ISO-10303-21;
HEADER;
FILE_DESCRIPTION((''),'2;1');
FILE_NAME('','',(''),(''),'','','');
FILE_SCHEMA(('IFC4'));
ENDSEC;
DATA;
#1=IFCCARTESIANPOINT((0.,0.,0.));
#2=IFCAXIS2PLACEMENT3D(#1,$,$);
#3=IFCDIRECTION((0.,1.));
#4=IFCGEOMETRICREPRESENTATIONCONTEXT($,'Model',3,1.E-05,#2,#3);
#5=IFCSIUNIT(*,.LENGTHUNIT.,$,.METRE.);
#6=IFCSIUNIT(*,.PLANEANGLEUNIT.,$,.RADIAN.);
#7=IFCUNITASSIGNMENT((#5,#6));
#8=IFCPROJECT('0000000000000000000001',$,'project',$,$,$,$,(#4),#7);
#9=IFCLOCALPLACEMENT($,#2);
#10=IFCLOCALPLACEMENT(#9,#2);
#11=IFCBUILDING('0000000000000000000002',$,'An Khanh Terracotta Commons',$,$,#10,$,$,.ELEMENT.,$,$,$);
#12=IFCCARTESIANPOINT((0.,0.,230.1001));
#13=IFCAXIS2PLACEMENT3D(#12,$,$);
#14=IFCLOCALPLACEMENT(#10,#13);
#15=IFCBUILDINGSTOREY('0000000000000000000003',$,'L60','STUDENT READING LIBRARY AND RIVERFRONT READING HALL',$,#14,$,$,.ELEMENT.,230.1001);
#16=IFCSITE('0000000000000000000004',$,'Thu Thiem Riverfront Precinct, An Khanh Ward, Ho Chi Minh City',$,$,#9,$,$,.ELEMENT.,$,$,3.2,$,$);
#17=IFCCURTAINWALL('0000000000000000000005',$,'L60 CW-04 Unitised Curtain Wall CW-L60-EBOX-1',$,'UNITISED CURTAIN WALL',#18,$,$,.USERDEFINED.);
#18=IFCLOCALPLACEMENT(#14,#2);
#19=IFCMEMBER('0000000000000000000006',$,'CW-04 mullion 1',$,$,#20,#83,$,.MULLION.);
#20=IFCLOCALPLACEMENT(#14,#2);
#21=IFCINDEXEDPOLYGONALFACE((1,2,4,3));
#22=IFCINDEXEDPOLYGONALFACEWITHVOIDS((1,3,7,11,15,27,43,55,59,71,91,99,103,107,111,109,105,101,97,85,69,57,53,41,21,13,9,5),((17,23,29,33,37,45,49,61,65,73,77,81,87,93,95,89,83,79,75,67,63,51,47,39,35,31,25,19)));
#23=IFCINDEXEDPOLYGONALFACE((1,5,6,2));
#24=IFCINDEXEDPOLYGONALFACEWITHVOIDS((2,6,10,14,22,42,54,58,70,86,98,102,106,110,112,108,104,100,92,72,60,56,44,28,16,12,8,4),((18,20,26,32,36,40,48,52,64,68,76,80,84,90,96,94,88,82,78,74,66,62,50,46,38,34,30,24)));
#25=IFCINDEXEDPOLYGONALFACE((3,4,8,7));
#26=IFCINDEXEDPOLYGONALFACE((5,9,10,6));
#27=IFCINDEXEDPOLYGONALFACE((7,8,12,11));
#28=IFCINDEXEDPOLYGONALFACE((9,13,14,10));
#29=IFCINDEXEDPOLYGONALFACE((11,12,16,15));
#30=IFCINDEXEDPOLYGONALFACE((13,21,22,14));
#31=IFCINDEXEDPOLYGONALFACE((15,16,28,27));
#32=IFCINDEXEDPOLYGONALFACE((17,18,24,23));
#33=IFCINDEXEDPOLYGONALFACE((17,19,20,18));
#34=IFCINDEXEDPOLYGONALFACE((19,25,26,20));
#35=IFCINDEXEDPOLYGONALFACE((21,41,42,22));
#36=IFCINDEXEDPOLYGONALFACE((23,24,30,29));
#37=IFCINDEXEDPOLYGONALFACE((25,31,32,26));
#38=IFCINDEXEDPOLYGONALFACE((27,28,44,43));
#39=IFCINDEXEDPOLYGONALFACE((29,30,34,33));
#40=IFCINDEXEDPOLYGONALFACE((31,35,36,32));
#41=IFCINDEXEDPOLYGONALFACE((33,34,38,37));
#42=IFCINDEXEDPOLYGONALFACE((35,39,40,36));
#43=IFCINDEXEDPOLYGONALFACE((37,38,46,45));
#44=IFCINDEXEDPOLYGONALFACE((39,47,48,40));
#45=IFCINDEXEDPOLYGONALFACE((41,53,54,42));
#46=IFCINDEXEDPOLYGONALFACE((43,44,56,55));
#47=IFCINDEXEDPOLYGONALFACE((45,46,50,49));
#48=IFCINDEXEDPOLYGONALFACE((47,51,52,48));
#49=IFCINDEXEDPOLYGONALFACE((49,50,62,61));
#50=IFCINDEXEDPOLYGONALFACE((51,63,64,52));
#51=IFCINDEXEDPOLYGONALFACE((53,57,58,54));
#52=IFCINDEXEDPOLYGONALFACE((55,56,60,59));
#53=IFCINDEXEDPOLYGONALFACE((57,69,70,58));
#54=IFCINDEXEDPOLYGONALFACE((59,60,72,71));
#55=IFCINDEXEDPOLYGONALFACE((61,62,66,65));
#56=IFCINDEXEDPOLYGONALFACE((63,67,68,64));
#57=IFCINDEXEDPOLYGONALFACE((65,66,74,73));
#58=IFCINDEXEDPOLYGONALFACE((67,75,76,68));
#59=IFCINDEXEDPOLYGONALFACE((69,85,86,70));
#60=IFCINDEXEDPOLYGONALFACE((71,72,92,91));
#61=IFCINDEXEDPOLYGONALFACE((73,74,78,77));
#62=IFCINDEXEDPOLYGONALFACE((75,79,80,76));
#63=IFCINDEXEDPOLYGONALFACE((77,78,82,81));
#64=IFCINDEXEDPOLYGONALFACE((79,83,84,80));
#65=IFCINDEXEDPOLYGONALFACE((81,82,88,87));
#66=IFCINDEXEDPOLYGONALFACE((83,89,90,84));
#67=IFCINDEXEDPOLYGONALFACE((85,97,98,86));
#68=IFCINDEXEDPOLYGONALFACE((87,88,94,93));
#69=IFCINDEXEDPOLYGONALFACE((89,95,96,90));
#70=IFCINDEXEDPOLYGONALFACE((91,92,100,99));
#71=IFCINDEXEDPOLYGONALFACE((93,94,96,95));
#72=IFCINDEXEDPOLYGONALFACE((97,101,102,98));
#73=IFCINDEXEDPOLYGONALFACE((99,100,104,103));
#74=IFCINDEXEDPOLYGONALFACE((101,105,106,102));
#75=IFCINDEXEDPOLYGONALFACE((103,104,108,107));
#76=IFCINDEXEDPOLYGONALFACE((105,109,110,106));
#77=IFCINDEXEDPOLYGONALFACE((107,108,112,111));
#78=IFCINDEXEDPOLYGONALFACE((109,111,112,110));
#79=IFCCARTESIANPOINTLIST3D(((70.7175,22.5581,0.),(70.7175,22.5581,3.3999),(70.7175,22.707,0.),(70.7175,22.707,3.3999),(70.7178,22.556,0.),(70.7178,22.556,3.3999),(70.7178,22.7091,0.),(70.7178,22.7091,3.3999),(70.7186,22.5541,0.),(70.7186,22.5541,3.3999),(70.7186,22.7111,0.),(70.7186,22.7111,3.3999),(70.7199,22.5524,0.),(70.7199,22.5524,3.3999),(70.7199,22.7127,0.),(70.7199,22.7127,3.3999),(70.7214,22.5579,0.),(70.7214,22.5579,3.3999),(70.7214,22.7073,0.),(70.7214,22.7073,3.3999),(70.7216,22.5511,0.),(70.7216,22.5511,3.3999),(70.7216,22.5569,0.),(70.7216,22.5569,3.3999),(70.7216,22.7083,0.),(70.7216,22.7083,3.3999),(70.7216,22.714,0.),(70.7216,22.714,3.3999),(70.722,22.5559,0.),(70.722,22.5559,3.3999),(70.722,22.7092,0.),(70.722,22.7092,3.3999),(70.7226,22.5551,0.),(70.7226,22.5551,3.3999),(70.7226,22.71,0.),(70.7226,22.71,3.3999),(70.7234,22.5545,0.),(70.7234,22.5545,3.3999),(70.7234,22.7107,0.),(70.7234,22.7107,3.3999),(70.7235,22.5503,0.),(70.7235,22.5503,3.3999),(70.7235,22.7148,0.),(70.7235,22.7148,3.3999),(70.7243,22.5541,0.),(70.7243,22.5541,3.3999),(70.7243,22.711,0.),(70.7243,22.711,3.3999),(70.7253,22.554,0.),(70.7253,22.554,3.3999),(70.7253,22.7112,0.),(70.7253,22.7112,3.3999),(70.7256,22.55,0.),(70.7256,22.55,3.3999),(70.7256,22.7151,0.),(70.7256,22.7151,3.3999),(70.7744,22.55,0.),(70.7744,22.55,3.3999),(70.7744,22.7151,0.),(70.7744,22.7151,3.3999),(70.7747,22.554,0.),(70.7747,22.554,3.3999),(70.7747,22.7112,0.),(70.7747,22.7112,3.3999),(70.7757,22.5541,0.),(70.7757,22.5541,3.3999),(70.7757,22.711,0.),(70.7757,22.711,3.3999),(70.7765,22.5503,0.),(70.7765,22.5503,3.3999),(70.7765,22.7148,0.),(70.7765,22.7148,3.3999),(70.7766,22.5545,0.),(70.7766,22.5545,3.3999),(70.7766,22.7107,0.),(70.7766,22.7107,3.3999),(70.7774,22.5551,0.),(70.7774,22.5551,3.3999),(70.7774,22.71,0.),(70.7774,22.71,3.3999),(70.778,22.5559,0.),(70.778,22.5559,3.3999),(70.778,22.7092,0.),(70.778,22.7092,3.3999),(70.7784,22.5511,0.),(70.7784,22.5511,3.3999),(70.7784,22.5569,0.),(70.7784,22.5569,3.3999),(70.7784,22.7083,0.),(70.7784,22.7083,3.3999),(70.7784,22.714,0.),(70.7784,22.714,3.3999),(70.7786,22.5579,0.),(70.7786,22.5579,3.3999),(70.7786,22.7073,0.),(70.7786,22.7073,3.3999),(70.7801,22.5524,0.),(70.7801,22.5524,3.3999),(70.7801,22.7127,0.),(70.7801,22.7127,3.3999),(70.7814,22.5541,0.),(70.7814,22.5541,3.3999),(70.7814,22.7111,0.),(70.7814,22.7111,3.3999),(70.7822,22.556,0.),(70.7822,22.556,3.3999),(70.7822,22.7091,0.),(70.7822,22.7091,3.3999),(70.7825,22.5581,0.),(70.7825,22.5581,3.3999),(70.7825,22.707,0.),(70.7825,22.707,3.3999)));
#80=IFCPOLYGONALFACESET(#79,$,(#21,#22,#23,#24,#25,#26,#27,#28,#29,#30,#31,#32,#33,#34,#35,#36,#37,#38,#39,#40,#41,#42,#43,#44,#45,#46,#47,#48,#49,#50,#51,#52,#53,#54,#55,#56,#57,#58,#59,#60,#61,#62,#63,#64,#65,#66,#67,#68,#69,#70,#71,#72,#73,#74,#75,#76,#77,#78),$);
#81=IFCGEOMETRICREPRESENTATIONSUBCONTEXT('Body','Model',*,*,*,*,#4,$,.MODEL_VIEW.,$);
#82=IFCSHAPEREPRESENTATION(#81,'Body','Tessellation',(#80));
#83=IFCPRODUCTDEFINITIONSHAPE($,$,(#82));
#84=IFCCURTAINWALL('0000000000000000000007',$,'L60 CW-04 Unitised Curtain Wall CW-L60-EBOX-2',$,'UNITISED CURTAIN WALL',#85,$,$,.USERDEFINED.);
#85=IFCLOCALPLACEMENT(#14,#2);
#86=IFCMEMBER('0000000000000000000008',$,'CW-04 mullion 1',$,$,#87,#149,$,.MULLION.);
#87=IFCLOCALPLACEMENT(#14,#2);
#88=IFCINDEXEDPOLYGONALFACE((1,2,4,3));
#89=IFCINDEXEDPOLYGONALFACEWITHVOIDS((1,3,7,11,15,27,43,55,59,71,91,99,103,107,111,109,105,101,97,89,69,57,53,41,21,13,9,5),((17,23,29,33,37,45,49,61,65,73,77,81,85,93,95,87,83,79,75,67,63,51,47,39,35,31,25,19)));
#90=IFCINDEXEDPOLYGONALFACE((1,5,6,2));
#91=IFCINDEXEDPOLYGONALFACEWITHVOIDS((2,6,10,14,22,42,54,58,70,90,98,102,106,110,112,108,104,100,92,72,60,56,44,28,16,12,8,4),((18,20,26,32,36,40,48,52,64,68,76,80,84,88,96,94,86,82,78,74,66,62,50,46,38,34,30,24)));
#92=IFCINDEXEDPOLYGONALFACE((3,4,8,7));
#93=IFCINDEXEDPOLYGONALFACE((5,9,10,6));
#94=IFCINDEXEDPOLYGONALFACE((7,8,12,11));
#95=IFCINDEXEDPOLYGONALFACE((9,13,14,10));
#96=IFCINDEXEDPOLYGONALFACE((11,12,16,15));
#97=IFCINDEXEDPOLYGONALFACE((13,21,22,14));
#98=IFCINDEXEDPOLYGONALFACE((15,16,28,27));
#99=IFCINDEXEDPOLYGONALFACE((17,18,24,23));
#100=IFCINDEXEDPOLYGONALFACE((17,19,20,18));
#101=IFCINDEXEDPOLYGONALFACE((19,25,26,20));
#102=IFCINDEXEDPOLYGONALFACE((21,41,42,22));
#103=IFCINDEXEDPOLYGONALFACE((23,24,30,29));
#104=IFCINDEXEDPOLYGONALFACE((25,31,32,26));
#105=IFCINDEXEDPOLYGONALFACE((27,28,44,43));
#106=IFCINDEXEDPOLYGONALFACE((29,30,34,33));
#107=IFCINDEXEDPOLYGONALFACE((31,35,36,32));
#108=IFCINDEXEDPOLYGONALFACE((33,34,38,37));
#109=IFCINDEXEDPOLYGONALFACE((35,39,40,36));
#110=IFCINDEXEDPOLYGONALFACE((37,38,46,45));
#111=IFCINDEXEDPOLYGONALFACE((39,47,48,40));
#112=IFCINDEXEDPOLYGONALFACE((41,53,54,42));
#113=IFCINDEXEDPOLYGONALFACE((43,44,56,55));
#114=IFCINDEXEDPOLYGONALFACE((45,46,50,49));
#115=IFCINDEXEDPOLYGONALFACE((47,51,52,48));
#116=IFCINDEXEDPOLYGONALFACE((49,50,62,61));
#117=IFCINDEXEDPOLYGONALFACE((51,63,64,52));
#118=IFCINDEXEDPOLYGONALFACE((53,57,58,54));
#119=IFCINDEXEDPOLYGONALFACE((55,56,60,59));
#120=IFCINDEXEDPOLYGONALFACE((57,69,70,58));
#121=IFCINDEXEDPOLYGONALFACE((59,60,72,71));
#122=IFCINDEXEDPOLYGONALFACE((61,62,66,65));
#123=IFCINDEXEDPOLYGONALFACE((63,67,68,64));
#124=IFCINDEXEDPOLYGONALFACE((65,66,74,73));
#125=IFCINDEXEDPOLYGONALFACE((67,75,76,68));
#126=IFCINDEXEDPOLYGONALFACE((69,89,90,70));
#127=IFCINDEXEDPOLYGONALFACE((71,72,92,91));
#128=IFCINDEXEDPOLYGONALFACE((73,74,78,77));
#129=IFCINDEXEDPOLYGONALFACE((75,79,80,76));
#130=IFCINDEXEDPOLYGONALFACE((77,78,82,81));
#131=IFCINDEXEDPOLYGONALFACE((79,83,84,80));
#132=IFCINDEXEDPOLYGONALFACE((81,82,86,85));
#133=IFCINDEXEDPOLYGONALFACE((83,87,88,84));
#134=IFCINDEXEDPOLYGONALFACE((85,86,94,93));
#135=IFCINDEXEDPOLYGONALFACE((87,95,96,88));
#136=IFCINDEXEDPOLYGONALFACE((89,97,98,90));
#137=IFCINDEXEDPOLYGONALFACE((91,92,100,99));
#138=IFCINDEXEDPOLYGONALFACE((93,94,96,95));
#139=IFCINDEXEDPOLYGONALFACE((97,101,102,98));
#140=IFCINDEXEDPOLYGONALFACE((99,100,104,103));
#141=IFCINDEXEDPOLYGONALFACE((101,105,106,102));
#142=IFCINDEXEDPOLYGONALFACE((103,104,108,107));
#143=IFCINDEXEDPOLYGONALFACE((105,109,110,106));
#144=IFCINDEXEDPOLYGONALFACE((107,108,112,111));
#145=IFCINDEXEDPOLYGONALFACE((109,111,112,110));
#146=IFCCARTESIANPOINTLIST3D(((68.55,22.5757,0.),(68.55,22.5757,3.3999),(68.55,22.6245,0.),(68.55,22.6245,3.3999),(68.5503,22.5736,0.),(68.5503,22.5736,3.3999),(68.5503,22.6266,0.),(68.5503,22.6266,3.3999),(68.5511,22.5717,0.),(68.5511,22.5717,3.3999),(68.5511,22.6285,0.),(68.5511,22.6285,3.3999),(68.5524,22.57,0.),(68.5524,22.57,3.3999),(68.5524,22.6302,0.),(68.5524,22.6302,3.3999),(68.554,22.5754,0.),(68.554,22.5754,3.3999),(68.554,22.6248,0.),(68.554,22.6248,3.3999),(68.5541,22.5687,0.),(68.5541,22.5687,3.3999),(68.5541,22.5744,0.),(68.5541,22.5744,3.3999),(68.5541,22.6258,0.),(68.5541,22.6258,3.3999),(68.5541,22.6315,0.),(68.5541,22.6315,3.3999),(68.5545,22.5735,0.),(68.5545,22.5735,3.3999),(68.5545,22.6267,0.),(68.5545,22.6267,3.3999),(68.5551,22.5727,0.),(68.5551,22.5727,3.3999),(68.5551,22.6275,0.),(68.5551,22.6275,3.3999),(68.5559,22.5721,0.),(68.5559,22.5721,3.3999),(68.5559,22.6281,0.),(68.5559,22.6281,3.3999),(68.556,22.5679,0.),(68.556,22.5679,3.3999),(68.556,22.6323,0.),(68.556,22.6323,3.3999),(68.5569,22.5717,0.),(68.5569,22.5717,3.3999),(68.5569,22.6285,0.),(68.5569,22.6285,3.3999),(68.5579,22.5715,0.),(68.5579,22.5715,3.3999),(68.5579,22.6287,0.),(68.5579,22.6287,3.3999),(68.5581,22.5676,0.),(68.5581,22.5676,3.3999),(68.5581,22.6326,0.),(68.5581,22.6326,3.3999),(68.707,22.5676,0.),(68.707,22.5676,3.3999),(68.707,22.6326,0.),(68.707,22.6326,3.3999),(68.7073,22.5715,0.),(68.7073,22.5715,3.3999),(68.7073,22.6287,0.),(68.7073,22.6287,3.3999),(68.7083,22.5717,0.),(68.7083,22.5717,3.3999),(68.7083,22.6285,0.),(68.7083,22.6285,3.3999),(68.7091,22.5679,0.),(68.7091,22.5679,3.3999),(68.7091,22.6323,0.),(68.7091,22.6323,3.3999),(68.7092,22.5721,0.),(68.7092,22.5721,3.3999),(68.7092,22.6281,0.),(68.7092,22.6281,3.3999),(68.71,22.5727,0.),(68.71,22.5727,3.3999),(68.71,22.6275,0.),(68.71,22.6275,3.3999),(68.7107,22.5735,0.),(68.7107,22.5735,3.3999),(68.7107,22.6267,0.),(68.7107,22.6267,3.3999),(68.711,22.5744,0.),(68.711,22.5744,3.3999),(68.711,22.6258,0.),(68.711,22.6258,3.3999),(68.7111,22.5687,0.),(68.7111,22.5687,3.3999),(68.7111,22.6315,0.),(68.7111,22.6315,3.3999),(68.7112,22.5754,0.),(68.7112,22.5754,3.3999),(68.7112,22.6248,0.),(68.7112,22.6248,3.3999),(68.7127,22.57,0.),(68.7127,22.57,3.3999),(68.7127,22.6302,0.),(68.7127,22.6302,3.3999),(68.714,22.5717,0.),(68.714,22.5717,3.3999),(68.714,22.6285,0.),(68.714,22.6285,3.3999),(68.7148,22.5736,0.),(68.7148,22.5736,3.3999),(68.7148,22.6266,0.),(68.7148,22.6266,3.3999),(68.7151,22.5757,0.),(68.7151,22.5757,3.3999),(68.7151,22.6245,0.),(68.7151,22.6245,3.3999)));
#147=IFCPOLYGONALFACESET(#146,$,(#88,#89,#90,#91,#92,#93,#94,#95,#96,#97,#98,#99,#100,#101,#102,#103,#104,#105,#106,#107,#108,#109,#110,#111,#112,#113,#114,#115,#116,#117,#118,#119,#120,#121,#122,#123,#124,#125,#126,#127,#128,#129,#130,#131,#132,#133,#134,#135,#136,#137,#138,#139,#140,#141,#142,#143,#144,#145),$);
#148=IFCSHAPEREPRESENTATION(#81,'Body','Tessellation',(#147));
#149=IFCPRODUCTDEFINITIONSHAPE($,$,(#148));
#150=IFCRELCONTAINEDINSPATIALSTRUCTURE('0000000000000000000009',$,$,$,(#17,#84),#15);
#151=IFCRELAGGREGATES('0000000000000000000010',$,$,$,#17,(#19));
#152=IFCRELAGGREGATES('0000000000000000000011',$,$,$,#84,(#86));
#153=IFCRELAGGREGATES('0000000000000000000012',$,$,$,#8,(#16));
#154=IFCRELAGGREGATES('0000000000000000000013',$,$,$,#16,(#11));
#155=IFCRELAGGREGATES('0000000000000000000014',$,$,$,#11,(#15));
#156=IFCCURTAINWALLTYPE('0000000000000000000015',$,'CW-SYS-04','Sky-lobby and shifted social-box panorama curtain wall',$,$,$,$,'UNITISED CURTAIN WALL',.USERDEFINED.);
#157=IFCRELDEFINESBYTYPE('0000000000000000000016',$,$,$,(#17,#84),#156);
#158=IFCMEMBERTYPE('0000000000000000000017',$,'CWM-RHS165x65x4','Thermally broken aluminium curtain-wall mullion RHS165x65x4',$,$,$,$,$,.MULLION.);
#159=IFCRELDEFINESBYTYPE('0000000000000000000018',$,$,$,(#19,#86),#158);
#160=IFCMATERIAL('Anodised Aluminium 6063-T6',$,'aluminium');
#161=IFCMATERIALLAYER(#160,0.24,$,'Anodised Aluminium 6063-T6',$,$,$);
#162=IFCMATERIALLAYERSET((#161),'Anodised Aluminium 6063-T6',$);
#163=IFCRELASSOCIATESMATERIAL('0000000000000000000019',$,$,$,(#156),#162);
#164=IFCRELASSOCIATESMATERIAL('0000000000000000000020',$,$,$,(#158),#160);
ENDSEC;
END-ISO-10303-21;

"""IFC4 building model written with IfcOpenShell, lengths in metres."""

from ifc_helpers import new_model, si_unit, direction, frame, origin, origin_2d, place, context, subcontext, project, spatial, hollow_rectangle, extrude, material, layer, layer_set, material_profile, profile_set, type_object, element, aggregate, save


model = new_model("IFC4")

# Units and contexts
model_context = context("Model", 3, precision=1e-05, world=origin(), true_north=direction((0.0, 1.0)))
body_context = subcontext(model_context, "Body", "Model", "MODEL_VIEW")
ifc_project = project(units=[si_unit("LENGTHUNIT", "METRE"), si_unit("PLANEANGLEUNIT", "RADIAN")], contexts=[model_context])

# Site, building, storey
site_placement = place(None, origin())
site = spatial("IfcSite", under=ifc_project, at=site_placement, Name="Thu Thiem Riverfront Precinct, An Khanh Ward, Ho Chi Minh City", CompositionType="ELEMENT", RefElevation=3.2)
building_placement = place(site_placement, origin())
building = spatial("IfcBuilding", under=site, at=building_placement, Name="An Khanh Terracotta Commons", CompositionType="ELEMENT")
storey_placement = place(building_placement, frame((0.0, 0.0, 230.1001)))
storey = spatial("IfcBuildingStorey", under=building, at=storey_placement, Name="L60", Description="STUDENT READING LIBRARY AND RIVERFRONT READING HALL", CompositionType="ELEMENT", Elevation=230.1001)

# Curtain wall, member
ifc_material_1 = material(Name="Anodised Aluminium 6063-T6", Category="aluminium")
ifc_layer_1 = layer(ifc_material_1, 0.24, Name="Anodised Aluminium 6063-T6")
ifc_layer_set_1 = layer_set([ifc_layer_1], Name="Anodised Aluminium 6063-T6")
curtain_wall_type_1 = type_object("IfcCurtainWallType", Name="CW-SYS-04", Description="Sky-lobby and shifted social-box panorama curtain wall", ElementType="UNITISED CURTAIN WALL", PredefinedType="USERDEFINED", material=ifc_layer_set_1)
curtain_wall_1_placement = place(storey_placement, origin())
curtain_wall_1 = element("IfcCurtainWall", 1, at=curtain_wall_1_placement, inside=storey, type_object=curtain_wall_type_1, Name="L60 CW-04 Unitised Curtain Wall CW-L60-EBOX-1", ObjectType="UNITISED CURTAIN WALL", PredefinedType="USERDEFINED")
ifc_material_profile_1 = material_profile(ifc_material_1, hollow_rectangle(XDim=0.0649, YDim=0.165, WallThickness=0.0039, InnerFilletRadius=0.0039, OuterFilletRadius=0.0081, at=origin_2d()), Name="RHS165x65x4")
ifc_profile_set_1 = profile_set([ifc_material_profile_1], Name="Anodised Aluminium 6063-T6")
member_type_1 = type_object("IfcMemberType", Name="CWM-RHS165x65x4", Description="Thermally broken aluminium curtain-wall mullion RHS165x65x4", PredefinedType="MULLION", material=ifc_profile_set_1)
member_1_placement = place(storey_placement, frame((70.75, 22.6326, 0.0), z_axis=(0.0, 0.0, 1.0), x_axis=(-1.0, 0.0, 0.0)))
member_1 = element("IfcMember", 2, at=member_1_placement, type_object=member_type_1, Name="CW-04 mullion 1", PredefinedType="MULLION", context=body_context, shape_type="SweptSolid", body=[
    extrude(hollow_rectangle(XDim=0.0649, YDim=0.165, WallThickness=0.0039, InnerFilletRadius=0.0039, OuterFilletRadius=0.0081, at=origin_2d()), origin(), (0.0, 0.0, 1.0), 3.3999),
])

# Curtain wall, member
curtain_wall_2_placement = place(storey_placement, origin())
curtain_wall_2 = element("IfcCurtainWall", 3, at=curtain_wall_2_placement, inside=storey, type_object=curtain_wall_type_1, Name="L60 CW-04 Unitised Curtain Wall CW-L60-EBOX-2", ObjectType="UNITISED CURTAIN WALL", PredefinedType="USERDEFINED")
member_2_placement = place(storey_placement, frame((68.6326, 22.6001, 0.0), z_axis=(0.0, 0.0, 1.0), x_axis=(0.0, 1.0, 0.0)))
member_2 = element("IfcMember", 4, at=member_2_placement, type_object=member_type_1, Name="CW-04 mullion 1", PredefinedType="MULLION", context=body_context, shape_type="SweptSolid", body=[
    extrude(hollow_rectangle(XDim=0.0649, YDim=0.165, WallThickness=0.0039, InnerFilletRadius=0.0039, OuterFilletRadius=0.0081, at=origin_2d()), origin(), (0.0, 0.0, 1.0), 3.3999),
])

aggregate(curtain_wall_1, [member_1])
aggregate(curtain_wall_2, [member_2])

save(model, "model.ifc")
